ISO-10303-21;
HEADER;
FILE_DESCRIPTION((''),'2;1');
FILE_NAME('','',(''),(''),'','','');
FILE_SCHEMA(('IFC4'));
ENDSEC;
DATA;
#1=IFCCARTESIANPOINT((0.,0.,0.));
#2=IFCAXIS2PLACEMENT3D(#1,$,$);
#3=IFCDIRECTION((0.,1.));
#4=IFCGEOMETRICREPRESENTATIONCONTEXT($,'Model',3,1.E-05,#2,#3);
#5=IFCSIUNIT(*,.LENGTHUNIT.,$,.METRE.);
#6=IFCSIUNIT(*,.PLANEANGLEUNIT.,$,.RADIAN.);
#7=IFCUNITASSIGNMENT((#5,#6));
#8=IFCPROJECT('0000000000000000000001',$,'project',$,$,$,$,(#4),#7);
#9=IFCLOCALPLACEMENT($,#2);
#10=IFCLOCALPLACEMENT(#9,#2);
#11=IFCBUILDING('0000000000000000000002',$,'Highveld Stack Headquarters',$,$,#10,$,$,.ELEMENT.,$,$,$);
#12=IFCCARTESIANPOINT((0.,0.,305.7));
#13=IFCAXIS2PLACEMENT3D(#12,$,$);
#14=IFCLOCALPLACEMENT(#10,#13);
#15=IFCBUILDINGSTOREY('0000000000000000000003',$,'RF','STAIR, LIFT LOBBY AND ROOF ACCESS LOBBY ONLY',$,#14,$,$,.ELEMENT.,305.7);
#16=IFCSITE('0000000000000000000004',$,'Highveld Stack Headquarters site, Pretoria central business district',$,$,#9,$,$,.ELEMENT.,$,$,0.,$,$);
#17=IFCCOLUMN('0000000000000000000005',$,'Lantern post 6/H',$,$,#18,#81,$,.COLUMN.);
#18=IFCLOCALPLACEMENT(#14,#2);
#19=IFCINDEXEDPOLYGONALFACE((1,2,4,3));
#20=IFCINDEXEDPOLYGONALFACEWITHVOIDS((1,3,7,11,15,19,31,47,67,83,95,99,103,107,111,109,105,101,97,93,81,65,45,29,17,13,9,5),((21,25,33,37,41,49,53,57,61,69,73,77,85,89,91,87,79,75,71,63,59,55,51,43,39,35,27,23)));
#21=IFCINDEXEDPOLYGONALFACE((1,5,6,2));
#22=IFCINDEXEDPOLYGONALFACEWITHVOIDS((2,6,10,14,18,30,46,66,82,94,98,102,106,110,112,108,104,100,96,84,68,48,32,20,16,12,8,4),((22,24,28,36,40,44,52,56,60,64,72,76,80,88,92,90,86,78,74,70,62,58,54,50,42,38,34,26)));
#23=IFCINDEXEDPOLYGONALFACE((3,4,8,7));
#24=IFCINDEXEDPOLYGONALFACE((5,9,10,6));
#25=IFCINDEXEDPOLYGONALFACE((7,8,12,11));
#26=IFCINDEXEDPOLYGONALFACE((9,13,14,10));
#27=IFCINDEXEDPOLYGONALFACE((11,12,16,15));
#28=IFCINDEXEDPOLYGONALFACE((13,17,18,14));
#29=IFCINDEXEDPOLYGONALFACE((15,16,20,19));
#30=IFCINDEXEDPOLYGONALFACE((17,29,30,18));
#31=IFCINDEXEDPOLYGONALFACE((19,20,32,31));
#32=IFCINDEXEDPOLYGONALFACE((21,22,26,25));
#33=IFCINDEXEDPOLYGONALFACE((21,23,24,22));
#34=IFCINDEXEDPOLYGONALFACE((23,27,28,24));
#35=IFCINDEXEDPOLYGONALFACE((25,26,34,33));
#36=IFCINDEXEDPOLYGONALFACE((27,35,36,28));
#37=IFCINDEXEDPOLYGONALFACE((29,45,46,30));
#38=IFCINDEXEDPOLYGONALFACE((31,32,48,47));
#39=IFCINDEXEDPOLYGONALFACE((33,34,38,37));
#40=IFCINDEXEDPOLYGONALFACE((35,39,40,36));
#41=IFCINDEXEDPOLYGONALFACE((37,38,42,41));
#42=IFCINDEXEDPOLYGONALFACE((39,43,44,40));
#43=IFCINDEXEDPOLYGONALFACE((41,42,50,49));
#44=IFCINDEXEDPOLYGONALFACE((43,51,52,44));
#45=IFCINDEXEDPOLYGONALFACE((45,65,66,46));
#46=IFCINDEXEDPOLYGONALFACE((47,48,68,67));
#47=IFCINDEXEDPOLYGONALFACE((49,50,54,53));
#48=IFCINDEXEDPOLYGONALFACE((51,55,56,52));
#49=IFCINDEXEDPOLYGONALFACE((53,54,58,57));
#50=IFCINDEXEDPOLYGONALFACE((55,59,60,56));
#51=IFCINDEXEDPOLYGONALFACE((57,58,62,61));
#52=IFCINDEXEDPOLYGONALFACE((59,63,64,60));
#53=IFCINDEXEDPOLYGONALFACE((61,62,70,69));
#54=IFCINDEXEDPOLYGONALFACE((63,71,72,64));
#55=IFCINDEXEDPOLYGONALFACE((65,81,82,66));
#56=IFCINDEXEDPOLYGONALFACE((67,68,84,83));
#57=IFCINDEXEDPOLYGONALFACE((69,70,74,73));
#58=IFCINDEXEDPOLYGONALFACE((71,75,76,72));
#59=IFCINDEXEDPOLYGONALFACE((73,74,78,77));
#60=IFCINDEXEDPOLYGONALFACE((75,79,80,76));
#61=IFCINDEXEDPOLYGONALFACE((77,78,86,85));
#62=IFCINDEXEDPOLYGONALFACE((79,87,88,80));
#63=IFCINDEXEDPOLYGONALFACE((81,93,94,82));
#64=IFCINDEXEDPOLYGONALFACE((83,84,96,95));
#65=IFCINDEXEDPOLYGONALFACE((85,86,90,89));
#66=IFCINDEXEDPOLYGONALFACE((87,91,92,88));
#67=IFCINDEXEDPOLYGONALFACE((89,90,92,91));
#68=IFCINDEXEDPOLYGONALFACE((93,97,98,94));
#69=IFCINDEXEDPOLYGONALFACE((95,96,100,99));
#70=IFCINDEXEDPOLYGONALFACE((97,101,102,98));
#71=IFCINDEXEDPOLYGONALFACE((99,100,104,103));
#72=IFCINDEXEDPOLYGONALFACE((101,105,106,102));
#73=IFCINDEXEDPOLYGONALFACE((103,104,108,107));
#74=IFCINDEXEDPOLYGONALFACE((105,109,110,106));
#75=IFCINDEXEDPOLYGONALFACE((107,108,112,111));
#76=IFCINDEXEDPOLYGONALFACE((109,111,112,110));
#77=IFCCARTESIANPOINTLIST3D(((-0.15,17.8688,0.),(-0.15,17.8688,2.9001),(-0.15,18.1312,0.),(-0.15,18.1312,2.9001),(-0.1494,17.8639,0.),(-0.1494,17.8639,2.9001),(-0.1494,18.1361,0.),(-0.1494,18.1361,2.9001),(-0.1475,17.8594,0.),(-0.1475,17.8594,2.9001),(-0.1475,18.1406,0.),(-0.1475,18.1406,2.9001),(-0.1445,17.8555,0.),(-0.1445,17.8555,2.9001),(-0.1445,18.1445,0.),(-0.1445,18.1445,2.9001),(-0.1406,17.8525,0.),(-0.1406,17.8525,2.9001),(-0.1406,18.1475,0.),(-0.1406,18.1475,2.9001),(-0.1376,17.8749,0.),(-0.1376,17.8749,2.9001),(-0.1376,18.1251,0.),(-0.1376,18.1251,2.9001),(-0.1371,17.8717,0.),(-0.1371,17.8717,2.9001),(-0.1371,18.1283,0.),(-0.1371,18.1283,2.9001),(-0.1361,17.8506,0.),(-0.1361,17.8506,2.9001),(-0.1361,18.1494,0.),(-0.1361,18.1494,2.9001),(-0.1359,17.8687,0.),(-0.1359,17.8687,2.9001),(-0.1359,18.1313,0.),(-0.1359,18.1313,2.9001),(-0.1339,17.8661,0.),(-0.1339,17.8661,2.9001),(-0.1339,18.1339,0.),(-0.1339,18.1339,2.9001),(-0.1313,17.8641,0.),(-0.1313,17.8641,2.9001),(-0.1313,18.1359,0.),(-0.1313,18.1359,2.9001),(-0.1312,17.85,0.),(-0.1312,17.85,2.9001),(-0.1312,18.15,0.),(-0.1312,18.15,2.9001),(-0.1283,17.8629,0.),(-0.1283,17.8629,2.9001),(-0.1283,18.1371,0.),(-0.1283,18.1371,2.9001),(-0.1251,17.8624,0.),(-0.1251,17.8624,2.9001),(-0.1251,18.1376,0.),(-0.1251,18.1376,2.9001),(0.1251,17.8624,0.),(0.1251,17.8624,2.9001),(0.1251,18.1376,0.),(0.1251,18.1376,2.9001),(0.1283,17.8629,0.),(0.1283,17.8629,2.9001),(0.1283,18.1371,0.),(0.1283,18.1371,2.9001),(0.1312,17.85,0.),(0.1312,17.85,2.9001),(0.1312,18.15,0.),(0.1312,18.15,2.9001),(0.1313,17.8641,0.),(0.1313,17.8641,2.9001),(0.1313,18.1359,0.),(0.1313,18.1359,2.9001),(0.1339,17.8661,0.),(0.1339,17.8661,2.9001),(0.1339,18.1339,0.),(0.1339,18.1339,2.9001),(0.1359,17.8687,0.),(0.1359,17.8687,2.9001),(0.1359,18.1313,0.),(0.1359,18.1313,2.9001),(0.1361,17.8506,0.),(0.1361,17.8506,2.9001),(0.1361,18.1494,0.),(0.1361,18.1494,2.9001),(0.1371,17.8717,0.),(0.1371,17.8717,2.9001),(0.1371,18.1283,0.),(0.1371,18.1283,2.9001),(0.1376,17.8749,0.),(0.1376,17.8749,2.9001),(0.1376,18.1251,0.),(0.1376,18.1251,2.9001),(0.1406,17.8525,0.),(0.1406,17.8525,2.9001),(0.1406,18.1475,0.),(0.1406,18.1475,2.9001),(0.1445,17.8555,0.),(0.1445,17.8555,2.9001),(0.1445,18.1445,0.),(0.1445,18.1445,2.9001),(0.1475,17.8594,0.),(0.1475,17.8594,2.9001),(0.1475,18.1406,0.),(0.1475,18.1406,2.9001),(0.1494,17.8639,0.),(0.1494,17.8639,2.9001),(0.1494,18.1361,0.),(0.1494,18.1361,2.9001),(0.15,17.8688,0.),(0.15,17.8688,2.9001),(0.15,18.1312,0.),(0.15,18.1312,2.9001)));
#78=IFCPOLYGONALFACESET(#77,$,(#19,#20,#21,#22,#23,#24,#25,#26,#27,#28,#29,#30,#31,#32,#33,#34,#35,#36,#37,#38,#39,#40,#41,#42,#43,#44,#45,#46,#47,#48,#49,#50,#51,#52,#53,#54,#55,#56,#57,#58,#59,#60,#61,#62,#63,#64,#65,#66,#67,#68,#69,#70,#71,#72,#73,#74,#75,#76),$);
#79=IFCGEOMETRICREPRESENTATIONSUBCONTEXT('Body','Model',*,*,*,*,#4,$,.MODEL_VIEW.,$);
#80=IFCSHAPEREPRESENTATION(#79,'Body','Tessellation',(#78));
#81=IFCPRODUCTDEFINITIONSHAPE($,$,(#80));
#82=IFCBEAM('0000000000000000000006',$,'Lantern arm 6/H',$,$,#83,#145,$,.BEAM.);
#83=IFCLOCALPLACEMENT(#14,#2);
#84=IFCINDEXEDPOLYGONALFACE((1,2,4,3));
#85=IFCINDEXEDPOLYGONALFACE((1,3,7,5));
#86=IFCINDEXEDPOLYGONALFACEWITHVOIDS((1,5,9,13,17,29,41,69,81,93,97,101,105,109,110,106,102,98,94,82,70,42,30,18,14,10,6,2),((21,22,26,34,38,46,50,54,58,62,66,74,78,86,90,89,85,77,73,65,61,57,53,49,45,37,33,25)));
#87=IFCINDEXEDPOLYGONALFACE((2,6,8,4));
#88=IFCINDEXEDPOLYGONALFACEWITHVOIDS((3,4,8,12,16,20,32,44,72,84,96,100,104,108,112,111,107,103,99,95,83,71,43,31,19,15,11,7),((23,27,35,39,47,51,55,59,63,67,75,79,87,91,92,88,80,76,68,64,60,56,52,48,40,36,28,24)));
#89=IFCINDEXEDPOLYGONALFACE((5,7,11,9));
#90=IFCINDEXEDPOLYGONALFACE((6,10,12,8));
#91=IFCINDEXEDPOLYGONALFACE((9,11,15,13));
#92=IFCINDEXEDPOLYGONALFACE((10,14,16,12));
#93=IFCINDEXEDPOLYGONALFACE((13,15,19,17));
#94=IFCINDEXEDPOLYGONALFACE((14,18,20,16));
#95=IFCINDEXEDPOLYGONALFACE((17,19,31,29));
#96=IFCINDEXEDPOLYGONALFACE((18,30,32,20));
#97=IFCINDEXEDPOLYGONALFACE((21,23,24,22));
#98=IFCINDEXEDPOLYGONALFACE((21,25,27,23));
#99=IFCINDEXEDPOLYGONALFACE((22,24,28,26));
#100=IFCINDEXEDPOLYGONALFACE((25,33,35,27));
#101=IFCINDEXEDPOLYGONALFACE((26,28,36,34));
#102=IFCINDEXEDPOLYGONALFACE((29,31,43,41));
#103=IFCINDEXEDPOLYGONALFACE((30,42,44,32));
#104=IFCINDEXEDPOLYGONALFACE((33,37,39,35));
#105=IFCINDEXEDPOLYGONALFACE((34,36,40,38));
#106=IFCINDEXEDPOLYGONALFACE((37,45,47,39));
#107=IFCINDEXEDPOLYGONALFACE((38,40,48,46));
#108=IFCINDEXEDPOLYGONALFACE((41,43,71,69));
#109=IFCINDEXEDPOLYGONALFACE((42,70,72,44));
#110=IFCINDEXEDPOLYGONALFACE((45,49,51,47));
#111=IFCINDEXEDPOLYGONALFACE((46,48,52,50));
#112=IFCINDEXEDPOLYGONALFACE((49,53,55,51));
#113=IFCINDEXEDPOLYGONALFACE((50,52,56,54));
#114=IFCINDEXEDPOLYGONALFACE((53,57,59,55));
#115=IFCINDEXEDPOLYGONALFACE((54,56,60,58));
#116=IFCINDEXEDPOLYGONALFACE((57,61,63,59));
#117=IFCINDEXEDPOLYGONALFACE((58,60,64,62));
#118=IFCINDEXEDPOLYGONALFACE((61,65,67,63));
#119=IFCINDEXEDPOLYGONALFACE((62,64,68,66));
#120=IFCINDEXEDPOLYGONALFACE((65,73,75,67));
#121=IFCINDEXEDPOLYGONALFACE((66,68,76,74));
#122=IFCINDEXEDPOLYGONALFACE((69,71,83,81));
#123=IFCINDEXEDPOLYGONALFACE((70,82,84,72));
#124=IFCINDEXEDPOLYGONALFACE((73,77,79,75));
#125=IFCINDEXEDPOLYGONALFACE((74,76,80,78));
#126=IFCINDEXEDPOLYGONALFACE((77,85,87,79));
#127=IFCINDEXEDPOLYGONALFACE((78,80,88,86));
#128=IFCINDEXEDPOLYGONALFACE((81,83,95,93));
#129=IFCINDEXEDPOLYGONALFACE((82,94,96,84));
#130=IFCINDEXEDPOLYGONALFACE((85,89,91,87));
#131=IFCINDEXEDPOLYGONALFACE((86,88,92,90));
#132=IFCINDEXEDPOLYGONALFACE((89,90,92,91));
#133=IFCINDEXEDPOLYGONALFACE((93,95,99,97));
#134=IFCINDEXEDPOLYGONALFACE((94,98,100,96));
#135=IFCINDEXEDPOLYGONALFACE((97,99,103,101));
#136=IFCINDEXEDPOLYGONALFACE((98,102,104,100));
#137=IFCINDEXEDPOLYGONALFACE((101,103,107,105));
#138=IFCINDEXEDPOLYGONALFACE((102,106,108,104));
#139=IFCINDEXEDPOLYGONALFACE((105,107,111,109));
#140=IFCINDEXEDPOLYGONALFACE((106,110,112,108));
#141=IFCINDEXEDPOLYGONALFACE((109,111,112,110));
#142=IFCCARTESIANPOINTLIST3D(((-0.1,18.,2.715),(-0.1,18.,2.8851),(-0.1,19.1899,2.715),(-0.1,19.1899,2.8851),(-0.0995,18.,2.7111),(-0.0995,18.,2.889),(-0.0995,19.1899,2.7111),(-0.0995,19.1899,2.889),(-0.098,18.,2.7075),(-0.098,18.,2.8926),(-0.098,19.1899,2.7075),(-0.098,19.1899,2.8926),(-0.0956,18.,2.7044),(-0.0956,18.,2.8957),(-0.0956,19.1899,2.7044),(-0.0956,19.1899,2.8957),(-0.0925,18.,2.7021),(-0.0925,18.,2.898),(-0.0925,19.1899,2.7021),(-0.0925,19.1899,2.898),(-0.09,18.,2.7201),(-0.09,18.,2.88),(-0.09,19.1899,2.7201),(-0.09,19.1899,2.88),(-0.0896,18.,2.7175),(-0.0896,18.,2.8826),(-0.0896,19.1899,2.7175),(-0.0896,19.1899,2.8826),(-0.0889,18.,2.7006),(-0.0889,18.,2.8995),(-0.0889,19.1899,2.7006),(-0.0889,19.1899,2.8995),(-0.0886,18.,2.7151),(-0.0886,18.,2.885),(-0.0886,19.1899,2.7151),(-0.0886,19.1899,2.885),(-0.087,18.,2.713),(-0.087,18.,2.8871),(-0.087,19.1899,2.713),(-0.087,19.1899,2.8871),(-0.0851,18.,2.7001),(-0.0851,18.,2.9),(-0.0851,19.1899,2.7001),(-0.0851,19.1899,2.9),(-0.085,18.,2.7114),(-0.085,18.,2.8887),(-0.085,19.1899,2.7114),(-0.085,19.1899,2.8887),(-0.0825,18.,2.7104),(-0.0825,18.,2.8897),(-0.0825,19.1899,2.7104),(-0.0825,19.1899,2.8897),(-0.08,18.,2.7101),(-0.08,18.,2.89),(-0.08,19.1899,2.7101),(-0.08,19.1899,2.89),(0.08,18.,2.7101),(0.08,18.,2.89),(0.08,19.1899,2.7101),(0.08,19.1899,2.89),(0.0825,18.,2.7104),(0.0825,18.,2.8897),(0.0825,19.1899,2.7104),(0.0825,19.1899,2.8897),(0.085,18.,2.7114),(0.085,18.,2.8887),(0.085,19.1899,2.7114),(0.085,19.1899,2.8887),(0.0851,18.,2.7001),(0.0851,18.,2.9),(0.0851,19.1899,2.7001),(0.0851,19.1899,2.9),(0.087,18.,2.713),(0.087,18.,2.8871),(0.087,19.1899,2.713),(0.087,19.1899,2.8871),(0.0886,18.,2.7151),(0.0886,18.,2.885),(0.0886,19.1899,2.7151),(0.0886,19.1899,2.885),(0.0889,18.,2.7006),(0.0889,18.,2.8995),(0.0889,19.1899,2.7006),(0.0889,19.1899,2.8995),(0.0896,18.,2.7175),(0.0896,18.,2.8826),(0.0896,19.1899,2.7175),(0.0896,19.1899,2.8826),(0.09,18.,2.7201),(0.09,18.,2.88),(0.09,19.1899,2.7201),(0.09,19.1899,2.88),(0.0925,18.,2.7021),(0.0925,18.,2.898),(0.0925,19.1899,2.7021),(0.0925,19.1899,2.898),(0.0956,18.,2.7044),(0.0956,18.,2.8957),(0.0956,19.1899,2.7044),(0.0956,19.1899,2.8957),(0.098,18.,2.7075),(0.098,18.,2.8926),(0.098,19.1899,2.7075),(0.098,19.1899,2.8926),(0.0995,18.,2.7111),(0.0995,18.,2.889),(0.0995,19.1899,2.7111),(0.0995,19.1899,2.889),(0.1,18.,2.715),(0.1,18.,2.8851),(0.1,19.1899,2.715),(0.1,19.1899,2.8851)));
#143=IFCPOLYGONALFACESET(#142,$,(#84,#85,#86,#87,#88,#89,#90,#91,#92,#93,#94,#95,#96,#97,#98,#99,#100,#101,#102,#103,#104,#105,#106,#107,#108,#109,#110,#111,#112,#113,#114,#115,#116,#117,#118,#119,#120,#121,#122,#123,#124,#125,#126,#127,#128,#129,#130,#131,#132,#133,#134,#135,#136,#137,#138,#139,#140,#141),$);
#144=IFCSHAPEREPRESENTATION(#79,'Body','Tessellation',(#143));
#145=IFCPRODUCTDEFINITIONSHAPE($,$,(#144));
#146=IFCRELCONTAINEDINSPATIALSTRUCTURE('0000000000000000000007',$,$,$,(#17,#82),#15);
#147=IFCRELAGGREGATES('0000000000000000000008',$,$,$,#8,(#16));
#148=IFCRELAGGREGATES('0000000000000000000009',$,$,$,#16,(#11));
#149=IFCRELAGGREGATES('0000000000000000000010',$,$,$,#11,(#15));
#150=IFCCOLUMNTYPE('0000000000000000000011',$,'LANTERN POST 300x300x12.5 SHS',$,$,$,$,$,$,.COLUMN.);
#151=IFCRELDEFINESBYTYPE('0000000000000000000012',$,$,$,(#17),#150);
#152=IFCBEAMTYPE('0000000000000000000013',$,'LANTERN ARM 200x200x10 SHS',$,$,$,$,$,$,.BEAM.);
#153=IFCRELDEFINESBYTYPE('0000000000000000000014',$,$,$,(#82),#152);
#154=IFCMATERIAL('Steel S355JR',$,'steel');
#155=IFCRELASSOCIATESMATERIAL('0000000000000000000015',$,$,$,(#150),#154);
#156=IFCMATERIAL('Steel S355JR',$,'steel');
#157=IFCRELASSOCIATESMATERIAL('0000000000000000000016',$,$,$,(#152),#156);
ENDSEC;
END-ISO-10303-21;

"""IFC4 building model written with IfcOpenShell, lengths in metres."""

from ifc_helpers import new_model, si_unit, direction, frame, origin, origin_2d, place, context, subcontext, project, spatial, hollow_rectangle, extrude, material, material_profile, profile_set, type_object, element, save


model = new_model("IFC4")

# Units and contexts
model_context = context("Model", 3, precision=1e-05, world=origin(), true_north=direction((0.0, 1.0)))
body_context = subcontext(model_context, "Body", "Model", "MODEL_VIEW")
ifc_project = project(units=[si_unit("LENGTHUNIT", "METRE"), si_unit("PLANEANGLEUNIT", "RADIAN")], contexts=[model_context])

# Site, building, storey
site_placement = place(None, origin())
site = spatial("IfcSite", under=ifc_project, at=site_placement, Name="Highveld Stack Headquarters site, Pretoria central business district", CompositionType="ELEMENT", RefElevation=0.0)
building_placement = place(site_placement, origin())
building = spatial("IfcBuilding", under=site, at=building_placement, Name="Highveld Stack Headquarters", CompositionType="ELEMENT")
storey_placement = place(building_placement, frame((0.0, 0.0, 305.7)))
storey = spatial("IfcBuildingStorey", under=building, at=storey_placement, Name="RF", Description="STAIR, LIFT LOBBY AND ROOF ACCESS LOBBY ONLY", CompositionType="ELEMENT", Elevation=305.7)

# Column
ifc_material_1 = material(Name="Steel S355JR", Category="steel")
ifc_material_profile_1 = material_profile(ifc_material_1, hollow_rectangle(XDim=0.3, YDim=0.3, WallThickness=0.0125, InnerFilletRadius=0.0125, OuterFilletRadius=0.0188, at=origin_2d()), Name="300x300x12.5 SHS")
ifc_profile_set_1 = profile_set([ifc_material_profile_1], Name="Steel S355JR")
column_type = type_object("IfcColumnType", Name="LANTERN POST 300x300x12.5 SHS", PredefinedType="COLUMN", material=ifc_profile_set_1)
column_placement = place(storey_placement, frame((0.0, 18.0, 0.0), z_axis=(0.0, 0.0, 1.0), x_axis=(1.0, 0.0, 0.0)))
element("IfcColumn", 1, at=column_placement, inside=storey, type_object=column_type, Name="Lantern post 6/H", PredefinedType="COLUMN", context=body_context, shape_type="SweptSolid", body=[
    extrude(hollow_rectangle(XDim=0.3, YDim=0.3, WallThickness=0.0125, InnerFilletRadius=0.0125, OuterFilletRadius=0.0188, at=origin_2d()), origin(), (0.0, 0.0, 1.0), 2.9001),
])

# Beam
ifc_material_2 = material(Name="Steel S355JR", Category="steel")
ifc_material_profile_2 = material_profile(ifc_material_2, hollow_rectangle(XDim=0.2, YDim=0.2, WallThickness=0.01, InnerFilletRadius=0.01, OuterFilletRadius=0.0149, at=origin_2d()), Name="200x200x10 SHS")
ifc_profile_set_2 = profile_set([ifc_material_profile_2], Name="Steel S355JR")
beam_type_1 = type_object("IfcBeamType", Name="LANTERN ARM 200x200x10 SHS", PredefinedType="BEAM", material=ifc_profile_set_2)
beam_1_placement = place(storey_placement, frame((0.0, 18.0, 2.8), z_axis=(0.0, 1.0, 0.0), x_axis=(-1.0, 0.0, 0.0)))
element("IfcBeam", 2, at=beam_1_placement, inside=storey, type_object=beam_type_1, Name="Lantern arm 6/H", PredefinedType="BEAM", context=body_context, shape_type="SweptSolid", body=[
    extrude(hollow_rectangle(XDim=0.2, YDim=0.2, WallThickness=0.01, InnerFilletRadius=0.01, OuterFilletRadius=0.0149, at=origin_2d()), origin(), (0.0, 0.0, 1.0), 1.1899),
])

save(model, "model.ifc")
